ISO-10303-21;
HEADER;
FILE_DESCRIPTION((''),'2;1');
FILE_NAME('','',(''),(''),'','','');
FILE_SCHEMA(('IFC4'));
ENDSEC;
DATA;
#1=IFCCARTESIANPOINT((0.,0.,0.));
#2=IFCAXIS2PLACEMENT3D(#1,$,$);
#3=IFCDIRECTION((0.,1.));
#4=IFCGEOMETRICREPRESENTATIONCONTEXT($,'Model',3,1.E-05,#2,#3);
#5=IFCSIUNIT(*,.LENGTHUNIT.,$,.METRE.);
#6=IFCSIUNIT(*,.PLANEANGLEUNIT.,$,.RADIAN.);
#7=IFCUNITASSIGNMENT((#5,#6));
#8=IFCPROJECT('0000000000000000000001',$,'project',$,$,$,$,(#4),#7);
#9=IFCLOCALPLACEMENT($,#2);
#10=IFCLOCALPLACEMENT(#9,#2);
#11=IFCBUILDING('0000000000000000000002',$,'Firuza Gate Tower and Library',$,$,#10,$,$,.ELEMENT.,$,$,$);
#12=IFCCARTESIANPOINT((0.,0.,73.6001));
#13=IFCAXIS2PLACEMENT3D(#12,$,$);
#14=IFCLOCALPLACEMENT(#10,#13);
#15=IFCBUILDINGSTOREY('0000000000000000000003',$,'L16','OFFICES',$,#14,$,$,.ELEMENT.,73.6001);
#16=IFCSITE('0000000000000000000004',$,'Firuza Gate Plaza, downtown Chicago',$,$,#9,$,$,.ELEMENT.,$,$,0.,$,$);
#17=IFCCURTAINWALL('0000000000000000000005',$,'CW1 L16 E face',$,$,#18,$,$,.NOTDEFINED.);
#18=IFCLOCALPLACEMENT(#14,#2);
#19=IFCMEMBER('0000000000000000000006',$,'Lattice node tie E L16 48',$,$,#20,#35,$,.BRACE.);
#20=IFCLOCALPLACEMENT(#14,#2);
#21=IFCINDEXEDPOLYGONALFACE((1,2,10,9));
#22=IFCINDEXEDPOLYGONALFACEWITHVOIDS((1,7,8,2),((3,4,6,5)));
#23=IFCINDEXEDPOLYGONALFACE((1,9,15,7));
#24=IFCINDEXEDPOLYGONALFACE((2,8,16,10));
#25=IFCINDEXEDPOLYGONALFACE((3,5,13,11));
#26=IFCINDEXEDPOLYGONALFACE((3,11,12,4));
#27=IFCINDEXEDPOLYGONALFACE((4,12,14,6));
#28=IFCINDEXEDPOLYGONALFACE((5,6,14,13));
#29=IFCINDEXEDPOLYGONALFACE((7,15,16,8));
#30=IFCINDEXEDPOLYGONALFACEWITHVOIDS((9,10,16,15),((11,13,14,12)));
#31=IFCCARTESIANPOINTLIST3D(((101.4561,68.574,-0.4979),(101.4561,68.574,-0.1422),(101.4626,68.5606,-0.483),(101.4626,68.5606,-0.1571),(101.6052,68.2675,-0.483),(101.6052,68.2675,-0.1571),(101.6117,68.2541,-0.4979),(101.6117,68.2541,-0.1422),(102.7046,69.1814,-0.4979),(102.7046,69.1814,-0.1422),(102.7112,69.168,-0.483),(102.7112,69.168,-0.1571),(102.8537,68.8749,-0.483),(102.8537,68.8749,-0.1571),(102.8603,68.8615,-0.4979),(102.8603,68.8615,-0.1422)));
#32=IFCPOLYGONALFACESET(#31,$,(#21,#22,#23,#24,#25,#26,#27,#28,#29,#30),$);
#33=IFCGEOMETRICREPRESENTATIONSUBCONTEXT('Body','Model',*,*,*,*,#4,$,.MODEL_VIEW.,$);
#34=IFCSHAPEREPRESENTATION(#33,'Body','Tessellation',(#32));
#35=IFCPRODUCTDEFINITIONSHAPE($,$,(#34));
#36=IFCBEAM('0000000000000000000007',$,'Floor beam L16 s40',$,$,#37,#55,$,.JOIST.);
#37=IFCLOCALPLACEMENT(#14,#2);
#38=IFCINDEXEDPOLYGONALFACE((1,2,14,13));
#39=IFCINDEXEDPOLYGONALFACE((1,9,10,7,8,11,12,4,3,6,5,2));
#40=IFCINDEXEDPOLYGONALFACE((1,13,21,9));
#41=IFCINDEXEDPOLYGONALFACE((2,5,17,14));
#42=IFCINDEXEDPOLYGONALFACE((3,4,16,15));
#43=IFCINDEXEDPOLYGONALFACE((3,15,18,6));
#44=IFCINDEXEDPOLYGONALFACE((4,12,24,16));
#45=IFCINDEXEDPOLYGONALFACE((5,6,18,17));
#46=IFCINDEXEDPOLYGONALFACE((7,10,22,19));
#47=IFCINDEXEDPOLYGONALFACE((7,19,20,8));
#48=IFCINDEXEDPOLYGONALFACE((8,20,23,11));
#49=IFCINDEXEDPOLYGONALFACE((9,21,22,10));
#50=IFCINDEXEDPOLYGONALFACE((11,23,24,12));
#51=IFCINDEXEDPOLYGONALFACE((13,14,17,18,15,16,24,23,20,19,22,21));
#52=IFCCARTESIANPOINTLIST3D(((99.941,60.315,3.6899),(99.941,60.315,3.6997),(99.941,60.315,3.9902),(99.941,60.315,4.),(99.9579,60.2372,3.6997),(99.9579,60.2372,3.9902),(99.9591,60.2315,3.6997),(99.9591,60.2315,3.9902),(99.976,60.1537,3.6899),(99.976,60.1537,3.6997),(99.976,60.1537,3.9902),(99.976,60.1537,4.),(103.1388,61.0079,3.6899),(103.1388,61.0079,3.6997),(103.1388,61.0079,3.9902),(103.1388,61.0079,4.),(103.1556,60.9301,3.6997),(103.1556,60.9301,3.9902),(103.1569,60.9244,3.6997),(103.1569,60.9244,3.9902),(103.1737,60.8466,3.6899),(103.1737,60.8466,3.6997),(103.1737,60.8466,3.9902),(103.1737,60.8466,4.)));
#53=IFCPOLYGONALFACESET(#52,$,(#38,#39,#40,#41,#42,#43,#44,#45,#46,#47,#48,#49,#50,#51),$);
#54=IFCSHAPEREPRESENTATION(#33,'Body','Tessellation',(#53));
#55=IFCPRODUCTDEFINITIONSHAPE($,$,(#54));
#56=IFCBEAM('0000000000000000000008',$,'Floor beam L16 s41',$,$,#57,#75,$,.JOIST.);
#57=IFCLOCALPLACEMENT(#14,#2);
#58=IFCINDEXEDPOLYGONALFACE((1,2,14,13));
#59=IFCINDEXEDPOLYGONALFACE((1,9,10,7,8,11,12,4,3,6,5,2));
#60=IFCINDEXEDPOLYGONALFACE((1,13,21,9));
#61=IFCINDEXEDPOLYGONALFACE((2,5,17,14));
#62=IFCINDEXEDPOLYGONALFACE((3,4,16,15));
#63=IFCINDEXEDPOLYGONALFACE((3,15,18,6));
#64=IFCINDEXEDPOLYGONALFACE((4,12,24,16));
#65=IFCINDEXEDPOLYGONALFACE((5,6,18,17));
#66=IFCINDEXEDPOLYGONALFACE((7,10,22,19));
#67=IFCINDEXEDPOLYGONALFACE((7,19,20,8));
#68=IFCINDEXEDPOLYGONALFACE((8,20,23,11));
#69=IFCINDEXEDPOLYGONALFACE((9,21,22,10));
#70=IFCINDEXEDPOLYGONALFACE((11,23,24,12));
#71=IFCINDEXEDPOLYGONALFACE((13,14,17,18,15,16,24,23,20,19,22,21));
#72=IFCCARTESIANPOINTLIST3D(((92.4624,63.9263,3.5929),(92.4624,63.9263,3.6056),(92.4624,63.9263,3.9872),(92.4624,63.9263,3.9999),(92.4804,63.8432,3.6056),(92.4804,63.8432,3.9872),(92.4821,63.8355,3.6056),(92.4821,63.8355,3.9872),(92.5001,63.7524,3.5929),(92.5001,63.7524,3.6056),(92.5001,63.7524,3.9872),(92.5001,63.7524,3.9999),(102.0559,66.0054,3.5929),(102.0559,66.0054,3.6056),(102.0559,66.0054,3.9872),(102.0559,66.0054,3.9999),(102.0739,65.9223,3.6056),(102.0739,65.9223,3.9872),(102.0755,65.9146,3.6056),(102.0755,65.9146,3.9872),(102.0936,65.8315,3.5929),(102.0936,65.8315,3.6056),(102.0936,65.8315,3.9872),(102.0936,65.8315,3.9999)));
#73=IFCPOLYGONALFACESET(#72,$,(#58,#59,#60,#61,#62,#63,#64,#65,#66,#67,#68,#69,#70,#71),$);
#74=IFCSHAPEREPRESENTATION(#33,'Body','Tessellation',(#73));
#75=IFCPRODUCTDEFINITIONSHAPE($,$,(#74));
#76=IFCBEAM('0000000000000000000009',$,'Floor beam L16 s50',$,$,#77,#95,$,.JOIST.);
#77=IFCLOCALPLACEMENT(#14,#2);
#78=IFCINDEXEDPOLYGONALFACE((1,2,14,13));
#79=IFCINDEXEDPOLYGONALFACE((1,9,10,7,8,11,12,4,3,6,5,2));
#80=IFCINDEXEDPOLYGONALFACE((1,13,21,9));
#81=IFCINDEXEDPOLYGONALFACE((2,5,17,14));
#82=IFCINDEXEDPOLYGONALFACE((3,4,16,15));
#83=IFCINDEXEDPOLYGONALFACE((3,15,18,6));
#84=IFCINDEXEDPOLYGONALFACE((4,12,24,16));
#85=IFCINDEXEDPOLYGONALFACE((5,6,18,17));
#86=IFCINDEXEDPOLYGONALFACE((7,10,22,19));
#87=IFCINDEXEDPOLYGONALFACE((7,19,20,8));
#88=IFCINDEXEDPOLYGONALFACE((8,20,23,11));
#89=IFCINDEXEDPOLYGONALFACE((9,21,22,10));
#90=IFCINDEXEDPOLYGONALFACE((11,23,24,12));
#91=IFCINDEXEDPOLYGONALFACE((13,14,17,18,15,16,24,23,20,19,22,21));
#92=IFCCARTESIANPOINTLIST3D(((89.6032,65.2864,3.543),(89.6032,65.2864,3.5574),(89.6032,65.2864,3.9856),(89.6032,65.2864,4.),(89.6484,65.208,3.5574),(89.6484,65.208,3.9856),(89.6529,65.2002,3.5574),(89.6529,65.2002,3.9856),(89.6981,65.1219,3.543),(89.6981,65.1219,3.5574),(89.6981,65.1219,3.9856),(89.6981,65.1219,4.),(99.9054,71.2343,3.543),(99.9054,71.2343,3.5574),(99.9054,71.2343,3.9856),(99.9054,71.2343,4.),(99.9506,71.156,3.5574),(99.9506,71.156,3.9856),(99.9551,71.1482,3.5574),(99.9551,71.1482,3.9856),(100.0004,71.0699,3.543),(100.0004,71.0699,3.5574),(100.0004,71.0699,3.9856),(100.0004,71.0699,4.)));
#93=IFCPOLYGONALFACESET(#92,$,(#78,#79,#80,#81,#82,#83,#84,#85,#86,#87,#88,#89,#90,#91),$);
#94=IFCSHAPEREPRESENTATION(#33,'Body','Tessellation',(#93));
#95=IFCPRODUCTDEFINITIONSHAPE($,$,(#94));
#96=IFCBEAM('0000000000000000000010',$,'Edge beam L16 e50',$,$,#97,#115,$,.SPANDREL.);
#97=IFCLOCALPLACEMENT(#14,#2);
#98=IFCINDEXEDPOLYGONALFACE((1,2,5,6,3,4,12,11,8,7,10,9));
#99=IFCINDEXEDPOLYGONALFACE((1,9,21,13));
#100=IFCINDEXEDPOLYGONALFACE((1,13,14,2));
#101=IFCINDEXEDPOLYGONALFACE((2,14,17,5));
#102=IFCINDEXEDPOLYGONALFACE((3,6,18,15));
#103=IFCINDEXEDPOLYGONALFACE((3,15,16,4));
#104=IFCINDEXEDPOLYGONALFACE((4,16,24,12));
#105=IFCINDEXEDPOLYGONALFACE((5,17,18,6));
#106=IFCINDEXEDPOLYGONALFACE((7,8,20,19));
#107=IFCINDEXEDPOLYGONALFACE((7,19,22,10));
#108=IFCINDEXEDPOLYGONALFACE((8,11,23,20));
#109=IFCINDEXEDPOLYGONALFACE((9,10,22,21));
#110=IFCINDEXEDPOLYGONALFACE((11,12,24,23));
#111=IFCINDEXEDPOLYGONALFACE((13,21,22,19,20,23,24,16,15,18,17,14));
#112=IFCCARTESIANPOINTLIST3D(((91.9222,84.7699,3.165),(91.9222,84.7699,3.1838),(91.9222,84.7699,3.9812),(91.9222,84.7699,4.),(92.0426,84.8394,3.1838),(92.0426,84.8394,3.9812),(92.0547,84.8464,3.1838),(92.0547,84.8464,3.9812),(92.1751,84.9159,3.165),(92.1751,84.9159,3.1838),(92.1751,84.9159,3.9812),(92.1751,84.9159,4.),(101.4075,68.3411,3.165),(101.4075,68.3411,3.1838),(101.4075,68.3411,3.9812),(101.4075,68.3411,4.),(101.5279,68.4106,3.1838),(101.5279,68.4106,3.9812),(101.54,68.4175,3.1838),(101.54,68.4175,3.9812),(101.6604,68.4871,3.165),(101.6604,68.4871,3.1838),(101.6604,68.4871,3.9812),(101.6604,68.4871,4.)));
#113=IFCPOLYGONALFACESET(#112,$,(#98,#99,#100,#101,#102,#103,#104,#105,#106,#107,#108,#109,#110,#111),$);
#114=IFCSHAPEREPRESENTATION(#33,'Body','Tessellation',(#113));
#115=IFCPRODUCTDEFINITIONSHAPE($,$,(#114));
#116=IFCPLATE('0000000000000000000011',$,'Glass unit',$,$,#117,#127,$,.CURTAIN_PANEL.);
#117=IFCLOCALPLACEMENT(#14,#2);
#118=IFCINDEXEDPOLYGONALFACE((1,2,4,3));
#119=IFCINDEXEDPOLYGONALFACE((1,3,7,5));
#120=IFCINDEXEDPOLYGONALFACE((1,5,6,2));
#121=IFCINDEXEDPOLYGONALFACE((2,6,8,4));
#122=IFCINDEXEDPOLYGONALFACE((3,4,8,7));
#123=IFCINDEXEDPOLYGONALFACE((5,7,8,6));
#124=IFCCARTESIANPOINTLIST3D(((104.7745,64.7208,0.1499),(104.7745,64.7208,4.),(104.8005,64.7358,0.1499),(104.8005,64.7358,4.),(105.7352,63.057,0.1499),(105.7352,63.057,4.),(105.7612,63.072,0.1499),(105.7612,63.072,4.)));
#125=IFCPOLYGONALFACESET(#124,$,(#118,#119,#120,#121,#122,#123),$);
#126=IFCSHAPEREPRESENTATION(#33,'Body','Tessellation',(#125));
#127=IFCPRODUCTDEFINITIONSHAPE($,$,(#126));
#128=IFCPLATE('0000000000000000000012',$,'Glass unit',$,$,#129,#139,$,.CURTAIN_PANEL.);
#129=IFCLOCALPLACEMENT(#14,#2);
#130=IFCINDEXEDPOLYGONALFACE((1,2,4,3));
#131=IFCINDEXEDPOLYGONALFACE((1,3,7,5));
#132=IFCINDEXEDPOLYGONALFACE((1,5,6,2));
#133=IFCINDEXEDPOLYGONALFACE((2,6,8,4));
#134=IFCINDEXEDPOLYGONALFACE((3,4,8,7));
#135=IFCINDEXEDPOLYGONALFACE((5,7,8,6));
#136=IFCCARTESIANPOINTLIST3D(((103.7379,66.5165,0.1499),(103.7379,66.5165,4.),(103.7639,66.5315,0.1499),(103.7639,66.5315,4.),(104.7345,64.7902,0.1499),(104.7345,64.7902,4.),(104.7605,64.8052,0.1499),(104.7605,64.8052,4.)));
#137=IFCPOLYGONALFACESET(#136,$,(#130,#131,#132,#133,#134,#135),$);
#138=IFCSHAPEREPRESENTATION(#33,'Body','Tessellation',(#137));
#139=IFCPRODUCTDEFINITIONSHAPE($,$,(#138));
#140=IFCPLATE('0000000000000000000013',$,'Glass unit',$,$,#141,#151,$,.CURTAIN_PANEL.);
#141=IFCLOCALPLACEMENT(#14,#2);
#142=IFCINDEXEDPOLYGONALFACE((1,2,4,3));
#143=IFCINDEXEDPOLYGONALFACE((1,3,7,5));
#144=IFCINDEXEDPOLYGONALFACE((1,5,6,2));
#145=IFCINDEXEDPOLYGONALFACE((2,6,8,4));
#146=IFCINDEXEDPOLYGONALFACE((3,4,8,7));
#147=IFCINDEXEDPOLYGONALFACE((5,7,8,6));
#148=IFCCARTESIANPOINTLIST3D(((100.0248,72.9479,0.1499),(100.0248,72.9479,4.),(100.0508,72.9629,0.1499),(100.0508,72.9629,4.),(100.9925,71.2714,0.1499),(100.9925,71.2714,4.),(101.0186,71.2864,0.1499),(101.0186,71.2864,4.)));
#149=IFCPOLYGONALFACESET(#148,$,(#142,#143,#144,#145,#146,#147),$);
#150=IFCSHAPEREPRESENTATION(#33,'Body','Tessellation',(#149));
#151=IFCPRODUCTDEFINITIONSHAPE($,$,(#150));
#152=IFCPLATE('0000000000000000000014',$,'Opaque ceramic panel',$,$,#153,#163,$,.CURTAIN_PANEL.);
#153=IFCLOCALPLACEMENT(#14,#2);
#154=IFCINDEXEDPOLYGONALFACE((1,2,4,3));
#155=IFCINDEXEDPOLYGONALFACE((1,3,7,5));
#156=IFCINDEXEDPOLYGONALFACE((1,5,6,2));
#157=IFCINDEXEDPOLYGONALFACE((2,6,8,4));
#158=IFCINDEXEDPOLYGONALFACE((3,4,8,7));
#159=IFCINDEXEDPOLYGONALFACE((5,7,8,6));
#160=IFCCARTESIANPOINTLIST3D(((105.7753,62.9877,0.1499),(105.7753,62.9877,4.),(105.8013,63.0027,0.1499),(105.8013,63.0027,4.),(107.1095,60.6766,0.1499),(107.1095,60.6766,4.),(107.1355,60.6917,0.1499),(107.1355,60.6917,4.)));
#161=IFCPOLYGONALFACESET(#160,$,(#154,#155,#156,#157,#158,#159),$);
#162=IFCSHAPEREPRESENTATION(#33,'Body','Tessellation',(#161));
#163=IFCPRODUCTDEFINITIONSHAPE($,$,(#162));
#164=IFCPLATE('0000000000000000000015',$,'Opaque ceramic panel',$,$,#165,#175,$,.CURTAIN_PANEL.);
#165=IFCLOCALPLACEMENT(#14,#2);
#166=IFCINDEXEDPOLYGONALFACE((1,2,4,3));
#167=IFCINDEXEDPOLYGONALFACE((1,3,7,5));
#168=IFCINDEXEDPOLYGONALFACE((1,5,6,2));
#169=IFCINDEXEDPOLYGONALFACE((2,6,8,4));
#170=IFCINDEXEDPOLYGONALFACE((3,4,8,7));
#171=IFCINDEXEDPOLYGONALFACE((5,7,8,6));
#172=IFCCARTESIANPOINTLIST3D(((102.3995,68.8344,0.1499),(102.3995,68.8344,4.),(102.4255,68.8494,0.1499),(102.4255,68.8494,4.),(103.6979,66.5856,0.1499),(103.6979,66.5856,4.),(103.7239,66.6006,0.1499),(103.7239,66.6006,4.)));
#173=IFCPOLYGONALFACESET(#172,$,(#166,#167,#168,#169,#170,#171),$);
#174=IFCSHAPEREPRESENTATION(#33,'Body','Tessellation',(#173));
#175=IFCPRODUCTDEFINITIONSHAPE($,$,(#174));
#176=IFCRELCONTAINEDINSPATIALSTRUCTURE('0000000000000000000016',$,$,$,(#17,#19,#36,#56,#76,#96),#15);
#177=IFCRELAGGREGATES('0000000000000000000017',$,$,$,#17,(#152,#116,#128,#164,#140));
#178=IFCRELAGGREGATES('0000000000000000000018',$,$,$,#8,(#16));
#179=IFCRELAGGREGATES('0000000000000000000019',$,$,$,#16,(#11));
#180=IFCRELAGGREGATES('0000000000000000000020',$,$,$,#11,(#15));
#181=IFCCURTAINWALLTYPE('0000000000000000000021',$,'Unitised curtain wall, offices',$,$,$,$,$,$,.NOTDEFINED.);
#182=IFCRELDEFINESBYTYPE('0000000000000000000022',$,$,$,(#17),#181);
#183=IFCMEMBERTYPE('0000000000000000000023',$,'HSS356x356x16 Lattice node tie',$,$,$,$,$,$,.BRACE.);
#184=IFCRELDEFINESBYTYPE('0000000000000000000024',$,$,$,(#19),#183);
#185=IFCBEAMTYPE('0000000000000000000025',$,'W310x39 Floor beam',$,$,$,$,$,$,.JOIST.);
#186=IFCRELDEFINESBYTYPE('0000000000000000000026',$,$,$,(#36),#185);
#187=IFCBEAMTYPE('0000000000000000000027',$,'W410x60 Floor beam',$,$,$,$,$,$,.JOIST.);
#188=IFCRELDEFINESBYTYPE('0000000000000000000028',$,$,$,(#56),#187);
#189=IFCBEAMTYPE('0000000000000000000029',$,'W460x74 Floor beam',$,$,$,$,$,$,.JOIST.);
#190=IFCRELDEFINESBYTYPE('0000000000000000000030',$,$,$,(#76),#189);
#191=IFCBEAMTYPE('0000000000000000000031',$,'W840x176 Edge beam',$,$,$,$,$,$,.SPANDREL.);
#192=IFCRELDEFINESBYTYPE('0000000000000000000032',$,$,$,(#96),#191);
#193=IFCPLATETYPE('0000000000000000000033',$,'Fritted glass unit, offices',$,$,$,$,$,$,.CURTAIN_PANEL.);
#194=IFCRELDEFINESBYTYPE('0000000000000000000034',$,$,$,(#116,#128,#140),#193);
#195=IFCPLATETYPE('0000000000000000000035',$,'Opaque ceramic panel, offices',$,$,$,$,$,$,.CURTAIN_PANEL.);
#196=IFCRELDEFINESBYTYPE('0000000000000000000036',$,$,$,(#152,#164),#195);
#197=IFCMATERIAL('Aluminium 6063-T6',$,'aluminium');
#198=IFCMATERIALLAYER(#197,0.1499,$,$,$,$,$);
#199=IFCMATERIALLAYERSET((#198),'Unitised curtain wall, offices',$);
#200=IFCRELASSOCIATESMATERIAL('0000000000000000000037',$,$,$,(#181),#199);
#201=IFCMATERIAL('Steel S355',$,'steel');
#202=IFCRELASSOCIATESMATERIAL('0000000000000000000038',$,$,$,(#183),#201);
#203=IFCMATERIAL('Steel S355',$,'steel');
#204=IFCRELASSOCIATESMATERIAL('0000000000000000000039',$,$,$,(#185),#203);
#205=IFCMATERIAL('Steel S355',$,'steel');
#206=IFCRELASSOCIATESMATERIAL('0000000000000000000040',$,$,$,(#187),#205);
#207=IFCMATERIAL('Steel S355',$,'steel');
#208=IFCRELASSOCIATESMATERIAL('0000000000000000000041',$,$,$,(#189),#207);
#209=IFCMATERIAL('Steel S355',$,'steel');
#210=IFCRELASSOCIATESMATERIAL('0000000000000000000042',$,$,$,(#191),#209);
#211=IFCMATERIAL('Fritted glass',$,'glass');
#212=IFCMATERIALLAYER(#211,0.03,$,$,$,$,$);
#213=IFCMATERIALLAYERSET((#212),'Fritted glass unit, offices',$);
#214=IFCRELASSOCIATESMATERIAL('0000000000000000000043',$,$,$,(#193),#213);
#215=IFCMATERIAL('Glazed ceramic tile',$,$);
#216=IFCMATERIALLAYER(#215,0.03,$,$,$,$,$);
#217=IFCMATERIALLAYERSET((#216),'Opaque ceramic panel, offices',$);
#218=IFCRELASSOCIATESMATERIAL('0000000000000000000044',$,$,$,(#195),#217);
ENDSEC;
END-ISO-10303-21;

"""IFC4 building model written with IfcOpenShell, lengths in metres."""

from ifc_helpers import new_model, si_unit, direction, frame, origin, origin_2d, place, context, subcontext, project, spatial, polyline, hollow_rectangle, i_section, outline, extrude, material, layer, layer_set, material_profile, profile_set, type_object, element, aggregate, save


model = new_model("IFC4")

# Units and contexts
model_context = context("Model", 3, precision=1e-05, world=origin(), true_north=direction((0.0, 1.0)))
body_context = subcontext(model_context, "Body", "Model", "MODEL_VIEW")
ifc_project = project(units=[si_unit("LENGTHUNIT", "METRE"), si_unit("PLANEANGLEUNIT", "RADIAN")], contexts=[model_context])

# Site, building, storey
site_placement = place(None, origin())
site = spatial("IfcSite", under=ifc_project, at=site_placement, Name="Firuza Gate Plaza, downtown Chicago", CompositionType="ELEMENT", RefElevation=0.0)
building_placement = place(site_placement, origin())
building = spatial("IfcBuilding", under=site, at=building_placement, Name="Firuza Gate Tower and Library", CompositionType="ELEMENT")
storey_placement = place(building_placement, frame((0.0, 0.0, 73.6001)))
storey = spatial("IfcBuildingStorey", under=building, at=storey_placement, Name="L16", Description="OFFICES", CompositionType="ELEMENT", Elevation=73.6001)

# Curtain wall
ifc_material_1 = material(Name="Aluminium 6063-T6", Category="aluminium")
ifc_layer_1 = layer(ifc_material_1, 0.1499)
ifc_layer_set_1 = layer_set([ifc_layer_1], Name="Unitised curtain wall, offices")
curtain_wall_type = type_object("IfcCurtainWallType", Name="Unitised curtain wall, offices", PredefinedType="NOTDEFINED", material=ifc_layer_set_1)
curtain_wall_placement = place(storey_placement, origin())
curtain_wall = element("IfcCurtainWall", 1, at=curtain_wall_placement, inside=storey, type_object=curtain_wall_type, Name="CW1 L16 E face", PredefinedType="NOTDEFINED")

# Member
ifc_material_2 = material(Name="Steel S355", Category="steel")
ifc_material_profile_1 = material_profile(ifc_material_2, hollow_rectangle(XDim=0.3557, YDim=0.3557, WallThickness=0.0149, at=origin_2d()))
ifc_profile_set_1 = profile_set([ifc_material_profile_1], Name="Steel S355")
member_type_1 = type_object("IfcMemberType", Name="HSS356x356x16 Lattice node tie", PredefinedType="BRACE", material=ifc_profile_set_1)
member_1_placement = place(storey_placement, frame((101.5339, 68.4141, -0.3201), z_axis=(0.899228, 0.437481, 0.0), x_axis=(-0.437481, 0.899228, 0.0)))
element("IfcMember", 2, at=member_1_placement, inside=storey, type_object=member_type_1, Name="Lattice node tie E L16 48", PredefinedType="BRACE", context=body_context, shape_type="SweptSolid", body=[
    extrude(hollow_rectangle(XDim=0.3557, YDim=0.3557, WallThickness=0.0149, at=origin_2d()), origin(), (0.0, 0.0, 1.0), 1.3884),
])

# Beams
ifc_material_3 = material(Name="Steel S355", Category="steel")
ifc_material_profile_2 = material_profile(ifc_material_3, i_section(OverallWidth=0.165, OverallDepth=0.3101, WebThickness=0.0059, FlangeThickness=0.0098, at=origin_2d()))
ifc_profile_set_2 = profile_set([ifc_material_profile_2], Name="Steel S355")
beam_type_1 = type_object("IfcBeamType", Name="W310x39 Floor beam", PredefinedType="JOIST", material=ifc_profile_set_2)
beam_1_placement = place(storey_placement, frame((103.1562, 60.9272, 3.845), z_axis=(-0.977322, -0.21176, 0.0), x_axis=(0.21176, -0.977322, 0.0)))
element("IfcBeam", 3, at=beam_1_placement, inside=storey, type_object=beam_type_1, Name="Floor beam L16 s40", PredefinedType="JOIST", context=body_context, shape_type="SweptSolid", body=[
    extrude(i_section(OverallWidth=0.165, OverallDepth=0.3101, WebThickness=0.0059, FlangeThickness=0.0098, at=origin_2d()), origin(), (0.0, 0.0, 1.0), 3.272),
])
ifc_material_4 = material(Name="Steel S355", Category="steel")
ifc_material_profile_3 = material_profile(ifc_material_4, i_section(OverallWidth=0.178, OverallDepth=0.407, WebThickness=0.0078, FlangeThickness=0.0127, at=origin_2d()))
ifc_profile_set_3 = profile_set([ifc_material_profile_3], Name="Steel S355")
beam_type_2 = type_object("IfcBeamType", Name="W410x60 Floor beam", PredefinedType="JOIST", material=ifc_profile_set_3)
beam_2_placement = place(storey_placement, frame((102.0747, 65.9185, 3.7964), z_axis=(-0.977312, -0.211803, 0.0), x_axis=(0.211803, -0.977312, 0.0)))
element("IfcBeam", 4, at=beam_2_placement, inside=storey, type_object=beam_type_2, Name="Floor beam L16 s41", PredefinedType="JOIST", context=body_context, shape_type="SweptSolid", body=[
    extrude(i_section(OverallWidth=0.178, OverallDepth=0.407, WebThickness=0.0078, FlangeThickness=0.0127, at=origin_2d()), origin(), (0.0, 0.0, 1.0), 9.8162),
])
ifc_material_5 = material(Name="Steel S355", Category="steel")
ifc_material_profile_4 = material_profile(ifc_material_5, i_section(OverallWidth=0.1899, OverallDepth=0.457, WebThickness=0.009, FlangeThickness=0.0144, at=origin_2d()))
ifc_profile_set_4 = profile_set([ifc_material_profile_4], Name="Steel S355")
beam_type_3 = type_object("IfcBeamType", Name="W460x74 Floor beam", PredefinedType="JOIST", material=ifc_profile_set_4)
beam_3_placement = place(storey_placement, frame((99.9529, 71.1521, 3.7715), z_axis=(-0.866026, -0.5, 0.0), x_axis=(0.5, -0.866026, 0.0)))
element("IfcBeam", 5, at=beam_3_placement, inside=storey, type_object=beam_type_3, Name="Floor beam L16 s50", PredefinedType="JOIST", context=body_context, shape_type="SweptSolid", body=[
    extrude(i_section(OverallWidth=0.1899, OverallDepth=0.457, WebThickness=0.009, FlangeThickness=0.0144, at=origin_2d()), origin(), (0.0, 0.0, 1.0), 11.896),
])
ifc_material_6 = material(Name="Steel S355", Category="steel")
ifc_material_profile_5 = material_profile(ifc_material_6, i_section(OverallWidth=0.292, OverallDepth=0.835, WebThickness=0.0139, FlangeThickness=0.0188, at=origin_2d()))
ifc_profile_set_5 = profile_set([ifc_material_profile_5], Name="Steel S355")
beam_type_4 = type_object("IfcBeamType", Name="W840x176 Edge beam", PredefinedType="SPANDREL", material=ifc_profile_set_5)
beam_4_placement = place(storey_placement, frame((101.5339, 68.4141, 3.5825), z_axis=(-0.500004, 0.866023, 0.0), x_axis=(-0.866023, -0.500004, 0.0)))
element("IfcBeam", 6, at=beam_4_placement, inside=storey, type_object=beam_type_4, Name="Edge beam L16 e50", PredefinedType="SPANDREL", context=body_context, shape_type="SweptSolid", body=[
    extrude(i_section(OverallWidth=0.292, OverallDepth=0.835, WebThickness=0.0139, FlangeThickness=0.0188, at=origin_2d()), origin(), (0.0, 0.0, 1.0), 18.9705),
])

# Plates
ifc_material_7 = material(Name="Fritted glass", Category="glass")
ifc_layer_2 = layer(ifc_material_7, 0.03)
ifc_layer_set_2 = layer_set([ifc_layer_2], Name="Fritted glass unit, offices")
plate_type_1 = type_object("IfcPlateType", Name="Fritted glass unit, offices", PredefinedType="CURTAIN_PANEL", material=ifc_layer_set_2)
plate_1_placement = place(storey_placement, frame((105.7612, 63.072, 0.1499), z_axis=(0.866006, 0.500034, 0.0), x_axis=(-0.500034, 0.866006, 0.0)))
plate_1 = element("IfcPlate", 7, at=plate_1_placement, type_object=plate_type_1, Name="Glass unit", PredefinedType="CURTAIN_PANEL", context=body_context, shape_type="SweptSolid", body=[
    extrude(outline(polyline([(0.0, 0.0), (1.9213, 0.0), (1.9213, 3.8501), (0.0, 3.8501), (0.0, 0.0)])), origin(), (0.0, 0.0, -1.0), 0.03),
])
plate_2_placement = place(storey_placement, frame((104.7605, 64.8052, 0.1499), z_axis=(0.866049, 0.499959, 0.0), x_axis=(-0.499959, 0.866049, 0.0)))
plate_2 = element("IfcPlate", 8, at=plate_2_placement, type_object=plate_type_1, Name="Glass unit", PredefinedType="CURTAIN_PANEL", context=body_context, shape_type="SweptSolid", body=[
    extrude(outline(polyline([(0.0, 0.0), (1.9933, 0.0), (1.9933, 3.8501), (0.0, 3.8501), (0.0, 0.0)])), origin(), (0.0, 0.0, -1.0), 0.03),
])
plate_3_placement = place(storey_placement, frame((101.0186, 71.2864, 0.1499), z_axis=(0.866062, 0.499937, 0.0), x_axis=(-0.499937, 0.866062, 0.0)))
plate_3 = element("IfcPlate", 9, at=plate_3_placement, type_object=plate_type_1, Name="Glass unit", PredefinedType="CURTAIN_PANEL", context=body_context, shape_type="SweptSolid", body=[
    extrude(outline(polyline([(0.0, 0.0), (1.9358, 0.0), (1.9358, 3.8501), (0.0, 3.8501), (0.0, 0.0)])), origin(), (0.0, 0.0, -1.0), 0.03),
])
ifc_material_8 = material(Name="Glazed ceramic tile")
ifc_layer_3 = layer(ifc_material_8, 0.03)
ifc_layer_set_3 = layer_set([ifc_layer_3], Name="Opaque ceramic panel, offices")
plate_type_2 = type_object("IfcPlateType", Name="Opaque ceramic panel, offices", PredefinedType="CURTAIN_PANEL", material=ifc_layer_set_3)
plate_4_placement = place(storey_placement, frame((107.1355, 60.6917, 0.1499), z_axis=(0.866033, 0.499986, 0.0), x_axis=(-0.499986, 0.866033, 0.0)))
plate_4 = element("IfcPlate", 10, at=plate_4_placement, type_object=plate_type_2, Name="Opaque ceramic panel", PredefinedType="CURTAIN_PANEL", context=body_context, shape_type="SweptSolid", body=[
    extrude(outline(polyline([(0.0, 0.0), (2.6685, 0.0), (2.6685, 3.8501), (0.0, 3.8501), (0.0, 0.0)])), origin(), (0.0, 0.0, -1.0), 0.03),
])
plate_5_placement = place(storey_placement, frame((103.7239, 66.6006, 0.1499), z_axis=(0.866024, 0.500002, 0.0), x_axis=(-0.500002, 0.866024, 0.0)))
plate_5 = element("IfcPlate", 11, at=plate_5_placement, type_object=plate_type_2, Name="Opaque ceramic panel", PredefinedType="CURTAIN_PANEL", context=body_context, shape_type="SweptSolid", body=[
    extrude(outline(polyline([(0.0, 0.0), (2.5967, 0.0), (2.5967, 3.8501), (0.0, 3.8501), (0.0, 0.0)])), origin(), (0.0, 0.0, -1.0), 0.03),
])
aggregate(curtain_wall, [plate_4, plate_1, plate_2, plate_5, plate_3])

save(model, "model.ifc")
